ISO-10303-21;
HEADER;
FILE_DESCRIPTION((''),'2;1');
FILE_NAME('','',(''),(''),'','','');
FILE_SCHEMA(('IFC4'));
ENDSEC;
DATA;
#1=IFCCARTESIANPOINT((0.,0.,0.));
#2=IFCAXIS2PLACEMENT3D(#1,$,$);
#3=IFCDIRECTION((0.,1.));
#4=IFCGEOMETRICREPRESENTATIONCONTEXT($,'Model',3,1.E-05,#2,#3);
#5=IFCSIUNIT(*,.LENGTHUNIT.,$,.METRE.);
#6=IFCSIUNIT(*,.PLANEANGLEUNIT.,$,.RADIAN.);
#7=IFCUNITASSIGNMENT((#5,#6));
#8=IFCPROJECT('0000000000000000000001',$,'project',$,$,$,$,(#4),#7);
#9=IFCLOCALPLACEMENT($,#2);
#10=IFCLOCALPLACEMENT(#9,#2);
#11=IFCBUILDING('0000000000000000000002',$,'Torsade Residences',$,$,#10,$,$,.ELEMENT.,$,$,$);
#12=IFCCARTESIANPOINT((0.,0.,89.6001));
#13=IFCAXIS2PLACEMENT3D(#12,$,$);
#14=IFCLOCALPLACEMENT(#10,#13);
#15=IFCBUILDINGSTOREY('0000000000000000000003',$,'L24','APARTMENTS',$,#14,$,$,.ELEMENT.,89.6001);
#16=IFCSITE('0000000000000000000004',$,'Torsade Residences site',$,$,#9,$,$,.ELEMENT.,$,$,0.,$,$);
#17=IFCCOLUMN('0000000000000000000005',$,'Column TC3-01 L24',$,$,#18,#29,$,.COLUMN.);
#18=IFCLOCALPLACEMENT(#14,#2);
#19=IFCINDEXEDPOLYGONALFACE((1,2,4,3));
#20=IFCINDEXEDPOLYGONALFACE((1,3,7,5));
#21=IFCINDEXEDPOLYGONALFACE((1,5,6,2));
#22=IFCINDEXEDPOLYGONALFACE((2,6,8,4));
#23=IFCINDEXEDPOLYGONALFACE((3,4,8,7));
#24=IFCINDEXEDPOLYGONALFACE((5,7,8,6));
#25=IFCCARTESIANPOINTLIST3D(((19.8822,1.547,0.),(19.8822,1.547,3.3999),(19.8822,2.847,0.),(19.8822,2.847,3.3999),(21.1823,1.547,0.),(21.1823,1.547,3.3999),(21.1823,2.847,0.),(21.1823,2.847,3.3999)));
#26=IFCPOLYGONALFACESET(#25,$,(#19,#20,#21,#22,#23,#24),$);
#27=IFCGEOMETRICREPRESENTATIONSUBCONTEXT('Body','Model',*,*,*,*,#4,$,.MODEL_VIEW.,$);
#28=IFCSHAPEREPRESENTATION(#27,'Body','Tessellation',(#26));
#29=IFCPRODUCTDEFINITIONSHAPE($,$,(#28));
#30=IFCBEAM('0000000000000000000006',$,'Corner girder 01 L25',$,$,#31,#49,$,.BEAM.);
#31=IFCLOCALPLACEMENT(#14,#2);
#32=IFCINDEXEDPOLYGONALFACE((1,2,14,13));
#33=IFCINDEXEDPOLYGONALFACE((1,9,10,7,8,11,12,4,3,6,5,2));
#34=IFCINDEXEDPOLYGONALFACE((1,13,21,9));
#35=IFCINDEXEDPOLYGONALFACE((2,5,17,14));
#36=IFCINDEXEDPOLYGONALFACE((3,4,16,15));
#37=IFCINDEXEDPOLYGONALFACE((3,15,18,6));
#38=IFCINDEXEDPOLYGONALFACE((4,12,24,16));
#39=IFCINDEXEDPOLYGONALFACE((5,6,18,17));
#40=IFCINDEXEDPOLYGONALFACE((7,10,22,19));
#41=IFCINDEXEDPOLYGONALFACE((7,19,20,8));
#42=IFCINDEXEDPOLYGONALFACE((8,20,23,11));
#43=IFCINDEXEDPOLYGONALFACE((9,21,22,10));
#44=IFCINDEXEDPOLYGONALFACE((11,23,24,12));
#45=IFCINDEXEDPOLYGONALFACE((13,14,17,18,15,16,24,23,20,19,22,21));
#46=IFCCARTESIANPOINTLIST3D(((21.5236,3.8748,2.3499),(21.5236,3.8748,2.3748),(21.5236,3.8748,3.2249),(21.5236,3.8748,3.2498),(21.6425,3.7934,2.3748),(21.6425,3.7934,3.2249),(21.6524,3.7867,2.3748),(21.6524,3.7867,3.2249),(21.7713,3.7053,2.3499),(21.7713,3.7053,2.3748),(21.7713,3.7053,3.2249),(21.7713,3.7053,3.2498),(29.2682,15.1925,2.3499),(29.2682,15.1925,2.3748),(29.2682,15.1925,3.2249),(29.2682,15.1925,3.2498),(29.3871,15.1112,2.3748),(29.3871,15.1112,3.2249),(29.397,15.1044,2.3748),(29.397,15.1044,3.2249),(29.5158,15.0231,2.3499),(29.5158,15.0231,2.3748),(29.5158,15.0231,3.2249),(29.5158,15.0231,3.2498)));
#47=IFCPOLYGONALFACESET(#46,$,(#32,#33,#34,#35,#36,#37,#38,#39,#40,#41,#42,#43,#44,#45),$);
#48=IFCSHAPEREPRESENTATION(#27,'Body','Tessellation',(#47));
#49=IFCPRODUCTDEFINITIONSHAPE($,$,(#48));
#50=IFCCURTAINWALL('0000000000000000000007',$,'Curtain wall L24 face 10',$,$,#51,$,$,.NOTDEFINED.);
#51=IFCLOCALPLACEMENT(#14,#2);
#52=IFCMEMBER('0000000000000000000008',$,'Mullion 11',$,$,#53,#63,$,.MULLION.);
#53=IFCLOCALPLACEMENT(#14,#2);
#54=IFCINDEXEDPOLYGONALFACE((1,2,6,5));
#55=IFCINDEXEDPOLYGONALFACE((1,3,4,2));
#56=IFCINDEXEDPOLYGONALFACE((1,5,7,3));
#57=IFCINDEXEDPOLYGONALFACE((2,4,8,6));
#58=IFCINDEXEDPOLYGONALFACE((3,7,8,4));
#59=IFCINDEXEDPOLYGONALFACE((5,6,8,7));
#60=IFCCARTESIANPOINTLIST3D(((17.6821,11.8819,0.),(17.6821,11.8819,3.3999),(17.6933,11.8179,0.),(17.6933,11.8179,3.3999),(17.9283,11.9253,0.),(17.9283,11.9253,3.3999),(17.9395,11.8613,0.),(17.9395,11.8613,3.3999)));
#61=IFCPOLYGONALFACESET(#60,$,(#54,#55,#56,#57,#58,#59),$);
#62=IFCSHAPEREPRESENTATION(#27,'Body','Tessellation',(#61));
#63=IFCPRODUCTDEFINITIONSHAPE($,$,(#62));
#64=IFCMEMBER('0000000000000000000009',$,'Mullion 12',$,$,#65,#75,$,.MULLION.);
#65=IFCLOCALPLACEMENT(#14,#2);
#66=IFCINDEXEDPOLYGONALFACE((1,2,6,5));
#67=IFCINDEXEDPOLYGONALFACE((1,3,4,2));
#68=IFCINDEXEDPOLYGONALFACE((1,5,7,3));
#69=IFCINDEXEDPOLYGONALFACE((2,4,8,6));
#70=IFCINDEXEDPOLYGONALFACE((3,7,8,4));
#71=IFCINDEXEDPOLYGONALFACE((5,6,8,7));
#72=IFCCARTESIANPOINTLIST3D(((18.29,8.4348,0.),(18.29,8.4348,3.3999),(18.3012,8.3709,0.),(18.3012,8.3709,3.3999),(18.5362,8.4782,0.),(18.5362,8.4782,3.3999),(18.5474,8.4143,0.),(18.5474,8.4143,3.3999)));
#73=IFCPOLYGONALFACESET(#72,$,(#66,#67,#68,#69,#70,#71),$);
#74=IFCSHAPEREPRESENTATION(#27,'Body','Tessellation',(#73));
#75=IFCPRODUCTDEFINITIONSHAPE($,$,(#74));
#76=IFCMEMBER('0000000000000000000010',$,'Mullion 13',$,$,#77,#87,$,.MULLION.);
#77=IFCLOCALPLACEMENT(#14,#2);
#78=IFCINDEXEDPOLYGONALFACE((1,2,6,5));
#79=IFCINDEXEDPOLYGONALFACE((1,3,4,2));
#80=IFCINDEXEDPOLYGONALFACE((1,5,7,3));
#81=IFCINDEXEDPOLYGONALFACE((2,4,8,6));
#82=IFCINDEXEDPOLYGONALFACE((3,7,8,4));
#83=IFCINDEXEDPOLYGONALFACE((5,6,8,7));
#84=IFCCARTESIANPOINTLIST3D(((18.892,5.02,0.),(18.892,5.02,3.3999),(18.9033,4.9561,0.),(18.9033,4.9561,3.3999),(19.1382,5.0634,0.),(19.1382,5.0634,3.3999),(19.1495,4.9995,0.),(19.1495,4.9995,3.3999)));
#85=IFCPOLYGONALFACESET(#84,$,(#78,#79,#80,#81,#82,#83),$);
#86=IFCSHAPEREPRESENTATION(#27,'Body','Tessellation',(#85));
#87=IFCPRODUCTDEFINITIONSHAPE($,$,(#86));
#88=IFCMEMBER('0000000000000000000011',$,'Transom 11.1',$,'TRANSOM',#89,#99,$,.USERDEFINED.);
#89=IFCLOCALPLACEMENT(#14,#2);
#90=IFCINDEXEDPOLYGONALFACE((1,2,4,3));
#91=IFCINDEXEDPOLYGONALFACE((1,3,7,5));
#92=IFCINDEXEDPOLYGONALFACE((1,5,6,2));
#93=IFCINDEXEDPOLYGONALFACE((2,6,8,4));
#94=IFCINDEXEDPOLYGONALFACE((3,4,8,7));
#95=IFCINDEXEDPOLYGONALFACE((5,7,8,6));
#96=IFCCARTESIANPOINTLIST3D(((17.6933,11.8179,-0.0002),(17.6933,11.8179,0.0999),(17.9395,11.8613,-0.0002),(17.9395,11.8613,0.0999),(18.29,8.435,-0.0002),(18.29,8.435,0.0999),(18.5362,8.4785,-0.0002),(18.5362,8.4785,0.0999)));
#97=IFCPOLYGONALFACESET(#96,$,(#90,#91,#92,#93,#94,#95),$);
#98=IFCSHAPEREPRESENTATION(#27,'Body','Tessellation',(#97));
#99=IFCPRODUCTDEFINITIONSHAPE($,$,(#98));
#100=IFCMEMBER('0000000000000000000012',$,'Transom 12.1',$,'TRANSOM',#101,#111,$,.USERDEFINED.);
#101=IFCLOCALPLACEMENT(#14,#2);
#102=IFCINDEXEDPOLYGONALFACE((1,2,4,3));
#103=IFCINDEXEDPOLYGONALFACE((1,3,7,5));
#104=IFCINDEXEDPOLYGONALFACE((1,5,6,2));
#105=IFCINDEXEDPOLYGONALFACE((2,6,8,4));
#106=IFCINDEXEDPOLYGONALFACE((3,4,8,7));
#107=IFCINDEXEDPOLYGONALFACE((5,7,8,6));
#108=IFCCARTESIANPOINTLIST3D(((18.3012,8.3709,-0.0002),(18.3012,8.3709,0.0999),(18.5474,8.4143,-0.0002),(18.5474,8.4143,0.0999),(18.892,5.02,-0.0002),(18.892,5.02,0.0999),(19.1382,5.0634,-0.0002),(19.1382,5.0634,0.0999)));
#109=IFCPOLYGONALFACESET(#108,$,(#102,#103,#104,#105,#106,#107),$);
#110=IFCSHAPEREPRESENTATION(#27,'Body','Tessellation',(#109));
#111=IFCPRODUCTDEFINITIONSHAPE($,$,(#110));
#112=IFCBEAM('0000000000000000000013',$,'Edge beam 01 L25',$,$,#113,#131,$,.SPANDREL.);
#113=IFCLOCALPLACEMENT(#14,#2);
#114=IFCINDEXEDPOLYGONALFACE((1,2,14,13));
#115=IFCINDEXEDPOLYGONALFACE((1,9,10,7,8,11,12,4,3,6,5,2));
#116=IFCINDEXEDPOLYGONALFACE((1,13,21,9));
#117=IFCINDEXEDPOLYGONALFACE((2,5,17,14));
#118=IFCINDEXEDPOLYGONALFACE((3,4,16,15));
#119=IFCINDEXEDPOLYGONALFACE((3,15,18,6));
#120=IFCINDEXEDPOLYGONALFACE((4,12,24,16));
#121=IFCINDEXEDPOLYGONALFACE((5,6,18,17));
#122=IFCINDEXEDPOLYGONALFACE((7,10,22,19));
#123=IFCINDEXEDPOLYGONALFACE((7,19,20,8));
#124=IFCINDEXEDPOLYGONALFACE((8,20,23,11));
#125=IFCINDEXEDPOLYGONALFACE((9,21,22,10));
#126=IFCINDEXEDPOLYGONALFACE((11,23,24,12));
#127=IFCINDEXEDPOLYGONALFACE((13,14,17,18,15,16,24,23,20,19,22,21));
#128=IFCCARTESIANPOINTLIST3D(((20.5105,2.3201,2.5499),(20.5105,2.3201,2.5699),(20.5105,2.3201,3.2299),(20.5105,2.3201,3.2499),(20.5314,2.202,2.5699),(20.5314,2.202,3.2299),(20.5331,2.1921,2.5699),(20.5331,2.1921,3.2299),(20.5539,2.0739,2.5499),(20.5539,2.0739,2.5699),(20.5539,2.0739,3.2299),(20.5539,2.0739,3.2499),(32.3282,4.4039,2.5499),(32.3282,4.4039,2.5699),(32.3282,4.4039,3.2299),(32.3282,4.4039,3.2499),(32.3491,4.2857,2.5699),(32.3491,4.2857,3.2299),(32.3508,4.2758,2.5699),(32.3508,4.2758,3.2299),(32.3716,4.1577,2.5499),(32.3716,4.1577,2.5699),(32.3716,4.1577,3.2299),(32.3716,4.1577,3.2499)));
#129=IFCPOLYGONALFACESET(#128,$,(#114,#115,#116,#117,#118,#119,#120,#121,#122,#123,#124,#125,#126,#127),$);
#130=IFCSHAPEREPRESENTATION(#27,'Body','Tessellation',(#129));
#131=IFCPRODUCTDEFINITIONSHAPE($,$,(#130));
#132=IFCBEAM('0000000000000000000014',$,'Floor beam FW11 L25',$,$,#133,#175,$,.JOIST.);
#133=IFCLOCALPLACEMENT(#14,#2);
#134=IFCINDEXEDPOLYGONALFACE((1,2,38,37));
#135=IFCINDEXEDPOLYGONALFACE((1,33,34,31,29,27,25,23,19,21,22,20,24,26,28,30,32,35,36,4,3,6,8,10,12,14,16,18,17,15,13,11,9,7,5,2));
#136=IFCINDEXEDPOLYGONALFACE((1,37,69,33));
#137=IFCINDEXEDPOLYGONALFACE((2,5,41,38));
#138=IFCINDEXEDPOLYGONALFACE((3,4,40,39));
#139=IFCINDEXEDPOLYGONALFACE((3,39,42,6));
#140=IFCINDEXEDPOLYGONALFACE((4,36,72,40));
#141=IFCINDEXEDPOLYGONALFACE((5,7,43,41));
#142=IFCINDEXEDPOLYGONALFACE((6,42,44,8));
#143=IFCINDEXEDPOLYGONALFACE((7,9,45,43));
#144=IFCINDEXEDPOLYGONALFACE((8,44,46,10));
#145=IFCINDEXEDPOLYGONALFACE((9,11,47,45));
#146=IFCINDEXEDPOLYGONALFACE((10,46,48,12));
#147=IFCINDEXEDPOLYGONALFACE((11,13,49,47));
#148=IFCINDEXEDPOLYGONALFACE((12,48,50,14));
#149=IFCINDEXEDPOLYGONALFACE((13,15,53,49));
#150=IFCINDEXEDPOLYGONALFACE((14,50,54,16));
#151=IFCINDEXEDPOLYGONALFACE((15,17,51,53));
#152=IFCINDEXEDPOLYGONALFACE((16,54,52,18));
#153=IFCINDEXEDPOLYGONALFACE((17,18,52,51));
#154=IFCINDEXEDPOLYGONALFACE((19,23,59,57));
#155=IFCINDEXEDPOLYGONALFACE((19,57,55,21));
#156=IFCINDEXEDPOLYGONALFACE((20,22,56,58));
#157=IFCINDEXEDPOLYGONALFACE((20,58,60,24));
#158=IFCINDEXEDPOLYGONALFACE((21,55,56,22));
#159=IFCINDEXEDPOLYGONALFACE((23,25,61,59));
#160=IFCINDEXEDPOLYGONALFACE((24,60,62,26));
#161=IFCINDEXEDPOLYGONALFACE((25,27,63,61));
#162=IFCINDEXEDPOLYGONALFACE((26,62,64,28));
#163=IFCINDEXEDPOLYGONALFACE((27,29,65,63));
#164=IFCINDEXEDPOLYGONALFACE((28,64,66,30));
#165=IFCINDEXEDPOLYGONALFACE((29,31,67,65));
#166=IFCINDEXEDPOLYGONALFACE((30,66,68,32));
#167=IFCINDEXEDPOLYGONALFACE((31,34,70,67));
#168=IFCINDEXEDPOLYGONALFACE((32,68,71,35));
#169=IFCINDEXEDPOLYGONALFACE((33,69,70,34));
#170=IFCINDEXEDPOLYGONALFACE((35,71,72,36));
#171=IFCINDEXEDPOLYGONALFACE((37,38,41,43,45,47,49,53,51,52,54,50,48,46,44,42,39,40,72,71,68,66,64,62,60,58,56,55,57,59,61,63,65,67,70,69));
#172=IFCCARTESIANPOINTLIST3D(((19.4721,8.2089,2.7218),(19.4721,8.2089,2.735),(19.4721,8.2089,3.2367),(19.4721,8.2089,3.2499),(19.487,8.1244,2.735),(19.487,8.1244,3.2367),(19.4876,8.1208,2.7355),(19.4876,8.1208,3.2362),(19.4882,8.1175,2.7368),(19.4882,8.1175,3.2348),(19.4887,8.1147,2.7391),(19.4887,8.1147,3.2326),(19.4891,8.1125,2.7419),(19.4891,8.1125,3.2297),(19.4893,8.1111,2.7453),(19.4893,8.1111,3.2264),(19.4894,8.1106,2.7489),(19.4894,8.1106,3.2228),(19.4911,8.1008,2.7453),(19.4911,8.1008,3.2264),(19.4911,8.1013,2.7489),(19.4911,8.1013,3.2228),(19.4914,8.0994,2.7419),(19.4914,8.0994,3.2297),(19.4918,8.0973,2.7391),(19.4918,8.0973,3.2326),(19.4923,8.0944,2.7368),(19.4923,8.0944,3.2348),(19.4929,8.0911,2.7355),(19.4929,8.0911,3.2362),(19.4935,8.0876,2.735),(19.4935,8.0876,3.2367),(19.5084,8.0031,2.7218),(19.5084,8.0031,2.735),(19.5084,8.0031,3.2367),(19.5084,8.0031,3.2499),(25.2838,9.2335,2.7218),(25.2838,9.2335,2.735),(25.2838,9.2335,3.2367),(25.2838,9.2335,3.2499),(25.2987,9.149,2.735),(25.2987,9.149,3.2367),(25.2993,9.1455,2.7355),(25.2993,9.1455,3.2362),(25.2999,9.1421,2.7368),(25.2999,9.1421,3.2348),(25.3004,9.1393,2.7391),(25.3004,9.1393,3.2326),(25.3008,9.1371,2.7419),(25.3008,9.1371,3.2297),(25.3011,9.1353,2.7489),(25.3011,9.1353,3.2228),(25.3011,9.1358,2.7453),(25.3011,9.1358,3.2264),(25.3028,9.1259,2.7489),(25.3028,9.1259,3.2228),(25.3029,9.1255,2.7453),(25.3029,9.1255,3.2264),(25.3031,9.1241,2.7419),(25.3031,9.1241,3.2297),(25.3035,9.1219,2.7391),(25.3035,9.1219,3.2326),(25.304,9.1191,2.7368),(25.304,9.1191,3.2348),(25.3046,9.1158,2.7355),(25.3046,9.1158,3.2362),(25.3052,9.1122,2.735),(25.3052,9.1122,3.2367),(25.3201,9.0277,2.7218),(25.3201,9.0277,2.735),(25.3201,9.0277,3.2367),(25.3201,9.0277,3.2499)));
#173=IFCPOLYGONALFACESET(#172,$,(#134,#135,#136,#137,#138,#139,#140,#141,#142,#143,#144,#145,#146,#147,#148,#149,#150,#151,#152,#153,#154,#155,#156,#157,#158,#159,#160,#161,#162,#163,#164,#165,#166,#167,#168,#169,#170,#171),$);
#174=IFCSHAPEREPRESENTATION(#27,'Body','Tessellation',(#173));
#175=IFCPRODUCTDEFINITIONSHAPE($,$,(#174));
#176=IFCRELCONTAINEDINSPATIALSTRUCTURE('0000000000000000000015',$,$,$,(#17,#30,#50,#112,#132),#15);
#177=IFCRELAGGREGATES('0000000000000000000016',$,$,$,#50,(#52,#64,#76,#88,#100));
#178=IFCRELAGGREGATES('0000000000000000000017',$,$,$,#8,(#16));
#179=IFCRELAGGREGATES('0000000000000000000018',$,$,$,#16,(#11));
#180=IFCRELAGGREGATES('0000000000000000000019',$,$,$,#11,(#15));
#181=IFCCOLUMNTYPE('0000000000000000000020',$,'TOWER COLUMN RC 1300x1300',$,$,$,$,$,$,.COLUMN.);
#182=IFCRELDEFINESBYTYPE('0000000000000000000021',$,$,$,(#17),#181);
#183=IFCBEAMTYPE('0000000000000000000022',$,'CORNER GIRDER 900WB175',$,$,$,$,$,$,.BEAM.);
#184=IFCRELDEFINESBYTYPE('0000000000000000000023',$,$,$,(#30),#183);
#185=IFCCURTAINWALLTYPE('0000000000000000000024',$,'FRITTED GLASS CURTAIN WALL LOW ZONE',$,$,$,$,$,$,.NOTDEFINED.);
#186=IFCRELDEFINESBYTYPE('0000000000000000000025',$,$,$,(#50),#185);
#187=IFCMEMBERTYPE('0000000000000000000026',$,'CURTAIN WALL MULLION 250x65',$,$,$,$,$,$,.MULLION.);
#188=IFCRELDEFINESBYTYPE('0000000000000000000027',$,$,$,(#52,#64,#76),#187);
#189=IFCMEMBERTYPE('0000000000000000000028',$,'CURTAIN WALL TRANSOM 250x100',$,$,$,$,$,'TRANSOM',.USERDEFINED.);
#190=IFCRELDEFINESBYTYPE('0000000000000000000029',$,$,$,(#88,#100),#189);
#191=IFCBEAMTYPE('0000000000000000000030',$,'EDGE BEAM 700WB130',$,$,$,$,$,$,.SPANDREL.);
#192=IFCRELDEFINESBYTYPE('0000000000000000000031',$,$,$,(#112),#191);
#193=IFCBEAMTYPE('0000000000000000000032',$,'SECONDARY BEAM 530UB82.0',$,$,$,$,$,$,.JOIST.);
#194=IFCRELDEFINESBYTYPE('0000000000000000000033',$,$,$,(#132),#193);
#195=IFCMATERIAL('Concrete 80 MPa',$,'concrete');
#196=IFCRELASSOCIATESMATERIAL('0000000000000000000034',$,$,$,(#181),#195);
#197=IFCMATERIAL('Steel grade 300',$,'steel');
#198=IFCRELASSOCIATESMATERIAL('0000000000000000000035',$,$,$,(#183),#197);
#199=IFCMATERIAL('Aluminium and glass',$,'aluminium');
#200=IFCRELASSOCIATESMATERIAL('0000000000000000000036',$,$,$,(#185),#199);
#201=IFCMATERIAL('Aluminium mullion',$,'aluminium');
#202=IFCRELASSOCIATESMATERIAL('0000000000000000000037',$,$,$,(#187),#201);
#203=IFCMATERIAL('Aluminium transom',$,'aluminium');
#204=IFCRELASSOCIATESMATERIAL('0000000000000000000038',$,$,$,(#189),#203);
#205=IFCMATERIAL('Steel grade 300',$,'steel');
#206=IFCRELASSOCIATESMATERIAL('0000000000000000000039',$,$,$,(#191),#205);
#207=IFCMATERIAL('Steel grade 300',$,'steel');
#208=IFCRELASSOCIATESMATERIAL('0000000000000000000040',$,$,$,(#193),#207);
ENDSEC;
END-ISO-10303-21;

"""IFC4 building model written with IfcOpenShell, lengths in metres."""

from ifc_helpers import new_model, si_unit, direction, frame, origin, origin_2d, place, context, subcontext, project, spatial, rectangle, i_section, extrude, material, material_profile, profile_set, type_object, element, aggregate, save


model = new_model("IFC4")

# Units and contexts
model_context = context("Model", 3, precision=1e-05, world=origin(), true_north=direction((0.0, 1.0)))
body_context = subcontext(model_context, "Body", "Model", "MODEL_VIEW")
ifc_project = project(units=[si_unit("LENGTHUNIT", "METRE"), si_unit("PLANEANGLEUNIT", "RADIAN")], contexts=[model_context])

# Site, building, storey
site_placement = place(None, origin())
site = spatial("IfcSite", under=ifc_project, at=site_placement, Name="Torsade Residences site", CompositionType="ELEMENT", RefElevation=0.0)
building_placement = place(site_placement, origin())
building = spatial("IfcBuilding", under=site, at=building_placement, Name="Torsade Residences", CompositionType="ELEMENT")
storey_placement = place(building_placement, frame((0.0, 0.0, 89.6001)))
storey = spatial("IfcBuildingStorey", under=building, at=storey_placement, Name="L24", Description="APARTMENTS", CompositionType="ELEMENT", Elevation=89.6001)

# Column
ifc_material_1 = material(Name="Concrete 80 MPa", Category="concrete")
ifc_material_profile_1 = material_profile(ifc_material_1, rectangle(XDim=1.3, YDim=1.3, at=origin_2d()), Name="RC 1300x1300")
ifc_profile_set_1 = profile_set([ifc_material_profile_1], Name="Concrete 80 MPa")
column_type = type_object("IfcColumnType", Name="TOWER COLUMN RC 1300x1300", PredefinedType="COLUMN", material=ifc_profile_set_1)
column_placement = place(storey_placement, frame((20.5322, 2.197, 0.0), z_axis=(0.0, 0.0, 1.0), x_axis=(1.0, 0.0, 0.0)))
element("IfcColumn", 1, at=column_placement, inside=storey, type_object=column_type, Name="Column TC3-01 L24", PredefinedType="COLUMN", context=body_context, shape_type="SweptSolid", body=[
    extrude(rectangle(XDim=1.3, YDim=1.3, at=origin_2d()), origin(), (0.0, 0.0, 1.0), 3.3999),
])

# Beam
ifc_material_2 = material(Name="Steel grade 300", Category="steel")
ifc_material_profile_2 = material_profile(ifc_material_2, i_section(OverallWidth=0.3, OverallDepth=0.8999, WebThickness=0.012, FlangeThickness=0.0249, at=origin_2d()), Name="900WB175")
ifc_profile_set_2 = profile_set([ifc_material_profile_2], Name="Steel grade 300")
beam_type_1 = type_object("IfcBeamType", Name="CORNER GIRDER 900WB175", PredefinedType="BEAM", material=ifc_profile_set_2)
beam_1_placement = place(storey_placement, frame((21.6475, 3.79, 2.7998), z_axis=(0.564725, 0.825279, 0.0), x_axis=(-0.825279, 0.564725, 0.0)))
element("IfcBeam", 2, at=beam_1_placement, inside=storey, type_object=beam_type_1, Name="Corner girder 01 L25", PredefinedType="BEAM", context=body_context, shape_type="SweptSolid", body=[
    extrude(i_section(OverallWidth=0.3, OverallDepth=0.8999, WebThickness=0.012, FlangeThickness=0.0249, at=origin_2d()), origin(), (0.0, 0.0, 1.0), 13.7139),
])

# Curtain wall, members
ifc_material_3 = material(Name="Aluminium and glass", Category="aluminium")
curtain_wall_type = type_object("IfcCurtainWallType", Name="FRITTED GLASS CURTAIN WALL LOW ZONE", PredefinedType="NOTDEFINED", material=ifc_material_3)
curtain_wall_placement = place(storey_placement, origin())
curtain_wall = element("IfcCurtainWall", 3, at=curtain_wall_placement, inside=storey, type_object=curtain_wall_type, Name="Curtain wall L24 face 10", PredefinedType="NOTDEFINED")
ifc_material_4 = material(Name="Aluminium mullion", Category="aluminium")
ifc_material_profile_3 = material_profile(ifc_material_4, rectangle(XDim=0.25, YDim=0.0649, at=origin_2d()), Name="CURTAIN WALL MULLION 250x65")
ifc_profile_set_3 = profile_set([ifc_material_profile_3], Name="Aluminium mullion")
member_type_1 = type_object("IfcMemberType", Name="CURTAIN WALL MULLION 250x65", PredefinedType="MULLION", material=ifc_profile_set_3)
member_1_placement = place(storey_placement, frame((17.8108, 11.8716, 0.0), z_axis=(0.0, 0.0, 1.0), x_axis=(0.984808, 0.173648, 0.0)))
member_1 = element("IfcMember", 4, at=member_1_placement, type_object=member_type_1, Name="Mullion 11", PredefinedType="MULLION", context=body_context, shape_type="SweptSolid", body=[
    extrude(rectangle(XDim=0.25, YDim=0.0649, at=origin_2d()), origin(), (0.0, 0.0, 1.0), 3.3999),
])
member_2_placement = place(storey_placement, frame((18.4187, 8.4246, 0.0), z_axis=(0.0, 0.0, 1.0), x_axis=(0.984808, 0.173648, 0.0)))
member_2 = element("IfcMember", 5, at=member_2_placement, type_object=member_type_1, Name="Mullion 12", PredefinedType="MULLION", context=body_context, shape_type="SweptSolid", body=[
    extrude(rectangle(XDim=0.25, YDim=0.0649, at=origin_2d()), origin(), (0.0, 0.0, 1.0), 3.3999),
])
member_3_placement = place(storey_placement, frame((19.0208, 5.0098, 0.0), z_axis=(0.0, 0.0, 1.0), x_axis=(0.984808, 0.173648, 0.0)))
member_3 = element("IfcMember", 6, at=member_3_placement, type_object=member_type_1, Name="Mullion 13", PredefinedType="MULLION", context=body_context, shape_type="SweptSolid", body=[
    extrude(rectangle(XDim=0.25, YDim=0.0649, at=origin_2d()), origin(), (0.0, 0.0, 1.0), 3.3999),
])
ifc_material_5 = material(Name="Aluminium transom", Category="aluminium")
ifc_material_profile_4 = material_profile(ifc_material_5, rectangle(XDim=0.25, YDim=0.1001, at=origin_2d()), Name="CURTAIN WALL TRANSOM 250x100")
ifc_profile_set_4 = profile_set([ifc_material_profile_4], Name="Aluminium transom")
member_type_2 = type_object("IfcMemberType", Name="CURTAIN WALL TRANSOM 250x100", ElementType="TRANSOM", PredefinedType="USERDEFINED", material=ifc_profile_set_4)
member_4_placement = place(storey_placement, frame((17.8164, 11.8396, 0.0498), z_axis=(0.173704, -0.984798, 0.0), x_axis=(0.984798, 0.173704, 0.0)))
member_4 = element("IfcMember", 7, at=member_4_placement, type_object=member_type_2, Name="Transom 11.1", ObjectType="TRANSOM", PredefinedType="USERDEFINED", context=body_context, shape_type="SweptSolid", body=[
    extrude(rectangle(XDim=0.25, YDim=0.1001, at=origin_2d()), origin(), (0.0, 0.0, 1.0), 3.4351),
])
member_5_placement = place(storey_placement, frame((18.4243, 8.3926, 0.0498), z_axis=(0.173642, -0.984809, 0.0), x_axis=(0.984809, 0.173642, 0.0)))
member_5 = element("IfcMember", 8, at=member_5_placement, type_object=member_type_2, Name="Transom 12.1", ObjectType="TRANSOM", PredefinedType="USERDEFINED", context=body_context, shape_type="SweptSolid", body=[
    extrude(rectangle(XDim=0.25, YDim=0.1001, at=origin_2d()), origin(), (0.0, 0.0, 1.0), 3.4026),
])

# Beams
ifc_material_6 = material(Name="Steel grade 300", Category="steel")
ifc_material_profile_5 = material_profile(ifc_material_6, i_section(OverallWidth=0.25, OverallDepth=0.7, WebThickness=0.01, FlangeThickness=0.02, at=origin_2d()), Name="700WB130")
ifc_profile_set_5 = profile_set([ifc_material_profile_5], Name="Steel grade 300")
beam_type_2 = type_object("IfcBeamType", Name="EDGE BEAM 700WB130", PredefinedType="SPANDREL", material=ifc_profile_set_5)
beam_2_placement = place(storey_placement, frame((20.5322, 2.197, 2.8999), z_axis=(0.984808, 0.173646, 0.0), x_axis=(-0.173646, 0.984808, 0.0)))
element("IfcBeam", 9, at=beam_2_placement, inside=storey, type_object=beam_type_2, Name="Edge beam 01 L25", PredefinedType="SPANDREL", context=body_context, shape_type="SweptSolid", body=[
    extrude(i_section(OverallWidth=0.25, OverallDepth=0.7, WebThickness=0.01, FlangeThickness=0.02, at=origin_2d()), origin(), (0.0, 0.0, 1.0), 12.0),
])
ifc_material_7 = material(Name="Steel grade 300", Category="steel")
ifc_material_profile_6 = material_profile(ifc_material_7, i_section(OverallWidth=0.209, OverallDepth=0.5281, WebThickness=0.0095, FlangeThickness=0.0132, FilletRadius=0.0139, at=origin_2d()), Name="530UB82.0")
ifc_profile_set_6 = profile_set([ifc_material_profile_6], Name="Steel grade 300")
beam_type_3 = type_object("IfcBeamType", Name="SECONDARY BEAM 530UB82.0", PredefinedType="JOIST", material=ifc_profile_set_6)
beam_3_placement = place(storey_placement, frame((19.4902, 8.106, 2.9858), z_axis=(0.984811, 0.17363, 0.0), x_axis=(-0.17363, 0.984811, 0.0)))
element("IfcBeam", 10, at=beam_3_placement, inside=storey, type_object=beam_type_3, Name="Floor beam FW11 L25", PredefinedType="JOIST", context=body_context, shape_type="SweptSolid", body=[
    extrude(i_section(OverallWidth=0.209, OverallDepth=0.5281, WebThickness=0.0095, FlangeThickness=0.0132, FilletRadius=0.0139, at=origin_2d()), origin(), (0.0, 0.0, 1.0), 5.9014),
])

aggregate(curtain_wall, [member_1, member_2, member_3, member_4, member_5])

save(model, "model.ifc")
